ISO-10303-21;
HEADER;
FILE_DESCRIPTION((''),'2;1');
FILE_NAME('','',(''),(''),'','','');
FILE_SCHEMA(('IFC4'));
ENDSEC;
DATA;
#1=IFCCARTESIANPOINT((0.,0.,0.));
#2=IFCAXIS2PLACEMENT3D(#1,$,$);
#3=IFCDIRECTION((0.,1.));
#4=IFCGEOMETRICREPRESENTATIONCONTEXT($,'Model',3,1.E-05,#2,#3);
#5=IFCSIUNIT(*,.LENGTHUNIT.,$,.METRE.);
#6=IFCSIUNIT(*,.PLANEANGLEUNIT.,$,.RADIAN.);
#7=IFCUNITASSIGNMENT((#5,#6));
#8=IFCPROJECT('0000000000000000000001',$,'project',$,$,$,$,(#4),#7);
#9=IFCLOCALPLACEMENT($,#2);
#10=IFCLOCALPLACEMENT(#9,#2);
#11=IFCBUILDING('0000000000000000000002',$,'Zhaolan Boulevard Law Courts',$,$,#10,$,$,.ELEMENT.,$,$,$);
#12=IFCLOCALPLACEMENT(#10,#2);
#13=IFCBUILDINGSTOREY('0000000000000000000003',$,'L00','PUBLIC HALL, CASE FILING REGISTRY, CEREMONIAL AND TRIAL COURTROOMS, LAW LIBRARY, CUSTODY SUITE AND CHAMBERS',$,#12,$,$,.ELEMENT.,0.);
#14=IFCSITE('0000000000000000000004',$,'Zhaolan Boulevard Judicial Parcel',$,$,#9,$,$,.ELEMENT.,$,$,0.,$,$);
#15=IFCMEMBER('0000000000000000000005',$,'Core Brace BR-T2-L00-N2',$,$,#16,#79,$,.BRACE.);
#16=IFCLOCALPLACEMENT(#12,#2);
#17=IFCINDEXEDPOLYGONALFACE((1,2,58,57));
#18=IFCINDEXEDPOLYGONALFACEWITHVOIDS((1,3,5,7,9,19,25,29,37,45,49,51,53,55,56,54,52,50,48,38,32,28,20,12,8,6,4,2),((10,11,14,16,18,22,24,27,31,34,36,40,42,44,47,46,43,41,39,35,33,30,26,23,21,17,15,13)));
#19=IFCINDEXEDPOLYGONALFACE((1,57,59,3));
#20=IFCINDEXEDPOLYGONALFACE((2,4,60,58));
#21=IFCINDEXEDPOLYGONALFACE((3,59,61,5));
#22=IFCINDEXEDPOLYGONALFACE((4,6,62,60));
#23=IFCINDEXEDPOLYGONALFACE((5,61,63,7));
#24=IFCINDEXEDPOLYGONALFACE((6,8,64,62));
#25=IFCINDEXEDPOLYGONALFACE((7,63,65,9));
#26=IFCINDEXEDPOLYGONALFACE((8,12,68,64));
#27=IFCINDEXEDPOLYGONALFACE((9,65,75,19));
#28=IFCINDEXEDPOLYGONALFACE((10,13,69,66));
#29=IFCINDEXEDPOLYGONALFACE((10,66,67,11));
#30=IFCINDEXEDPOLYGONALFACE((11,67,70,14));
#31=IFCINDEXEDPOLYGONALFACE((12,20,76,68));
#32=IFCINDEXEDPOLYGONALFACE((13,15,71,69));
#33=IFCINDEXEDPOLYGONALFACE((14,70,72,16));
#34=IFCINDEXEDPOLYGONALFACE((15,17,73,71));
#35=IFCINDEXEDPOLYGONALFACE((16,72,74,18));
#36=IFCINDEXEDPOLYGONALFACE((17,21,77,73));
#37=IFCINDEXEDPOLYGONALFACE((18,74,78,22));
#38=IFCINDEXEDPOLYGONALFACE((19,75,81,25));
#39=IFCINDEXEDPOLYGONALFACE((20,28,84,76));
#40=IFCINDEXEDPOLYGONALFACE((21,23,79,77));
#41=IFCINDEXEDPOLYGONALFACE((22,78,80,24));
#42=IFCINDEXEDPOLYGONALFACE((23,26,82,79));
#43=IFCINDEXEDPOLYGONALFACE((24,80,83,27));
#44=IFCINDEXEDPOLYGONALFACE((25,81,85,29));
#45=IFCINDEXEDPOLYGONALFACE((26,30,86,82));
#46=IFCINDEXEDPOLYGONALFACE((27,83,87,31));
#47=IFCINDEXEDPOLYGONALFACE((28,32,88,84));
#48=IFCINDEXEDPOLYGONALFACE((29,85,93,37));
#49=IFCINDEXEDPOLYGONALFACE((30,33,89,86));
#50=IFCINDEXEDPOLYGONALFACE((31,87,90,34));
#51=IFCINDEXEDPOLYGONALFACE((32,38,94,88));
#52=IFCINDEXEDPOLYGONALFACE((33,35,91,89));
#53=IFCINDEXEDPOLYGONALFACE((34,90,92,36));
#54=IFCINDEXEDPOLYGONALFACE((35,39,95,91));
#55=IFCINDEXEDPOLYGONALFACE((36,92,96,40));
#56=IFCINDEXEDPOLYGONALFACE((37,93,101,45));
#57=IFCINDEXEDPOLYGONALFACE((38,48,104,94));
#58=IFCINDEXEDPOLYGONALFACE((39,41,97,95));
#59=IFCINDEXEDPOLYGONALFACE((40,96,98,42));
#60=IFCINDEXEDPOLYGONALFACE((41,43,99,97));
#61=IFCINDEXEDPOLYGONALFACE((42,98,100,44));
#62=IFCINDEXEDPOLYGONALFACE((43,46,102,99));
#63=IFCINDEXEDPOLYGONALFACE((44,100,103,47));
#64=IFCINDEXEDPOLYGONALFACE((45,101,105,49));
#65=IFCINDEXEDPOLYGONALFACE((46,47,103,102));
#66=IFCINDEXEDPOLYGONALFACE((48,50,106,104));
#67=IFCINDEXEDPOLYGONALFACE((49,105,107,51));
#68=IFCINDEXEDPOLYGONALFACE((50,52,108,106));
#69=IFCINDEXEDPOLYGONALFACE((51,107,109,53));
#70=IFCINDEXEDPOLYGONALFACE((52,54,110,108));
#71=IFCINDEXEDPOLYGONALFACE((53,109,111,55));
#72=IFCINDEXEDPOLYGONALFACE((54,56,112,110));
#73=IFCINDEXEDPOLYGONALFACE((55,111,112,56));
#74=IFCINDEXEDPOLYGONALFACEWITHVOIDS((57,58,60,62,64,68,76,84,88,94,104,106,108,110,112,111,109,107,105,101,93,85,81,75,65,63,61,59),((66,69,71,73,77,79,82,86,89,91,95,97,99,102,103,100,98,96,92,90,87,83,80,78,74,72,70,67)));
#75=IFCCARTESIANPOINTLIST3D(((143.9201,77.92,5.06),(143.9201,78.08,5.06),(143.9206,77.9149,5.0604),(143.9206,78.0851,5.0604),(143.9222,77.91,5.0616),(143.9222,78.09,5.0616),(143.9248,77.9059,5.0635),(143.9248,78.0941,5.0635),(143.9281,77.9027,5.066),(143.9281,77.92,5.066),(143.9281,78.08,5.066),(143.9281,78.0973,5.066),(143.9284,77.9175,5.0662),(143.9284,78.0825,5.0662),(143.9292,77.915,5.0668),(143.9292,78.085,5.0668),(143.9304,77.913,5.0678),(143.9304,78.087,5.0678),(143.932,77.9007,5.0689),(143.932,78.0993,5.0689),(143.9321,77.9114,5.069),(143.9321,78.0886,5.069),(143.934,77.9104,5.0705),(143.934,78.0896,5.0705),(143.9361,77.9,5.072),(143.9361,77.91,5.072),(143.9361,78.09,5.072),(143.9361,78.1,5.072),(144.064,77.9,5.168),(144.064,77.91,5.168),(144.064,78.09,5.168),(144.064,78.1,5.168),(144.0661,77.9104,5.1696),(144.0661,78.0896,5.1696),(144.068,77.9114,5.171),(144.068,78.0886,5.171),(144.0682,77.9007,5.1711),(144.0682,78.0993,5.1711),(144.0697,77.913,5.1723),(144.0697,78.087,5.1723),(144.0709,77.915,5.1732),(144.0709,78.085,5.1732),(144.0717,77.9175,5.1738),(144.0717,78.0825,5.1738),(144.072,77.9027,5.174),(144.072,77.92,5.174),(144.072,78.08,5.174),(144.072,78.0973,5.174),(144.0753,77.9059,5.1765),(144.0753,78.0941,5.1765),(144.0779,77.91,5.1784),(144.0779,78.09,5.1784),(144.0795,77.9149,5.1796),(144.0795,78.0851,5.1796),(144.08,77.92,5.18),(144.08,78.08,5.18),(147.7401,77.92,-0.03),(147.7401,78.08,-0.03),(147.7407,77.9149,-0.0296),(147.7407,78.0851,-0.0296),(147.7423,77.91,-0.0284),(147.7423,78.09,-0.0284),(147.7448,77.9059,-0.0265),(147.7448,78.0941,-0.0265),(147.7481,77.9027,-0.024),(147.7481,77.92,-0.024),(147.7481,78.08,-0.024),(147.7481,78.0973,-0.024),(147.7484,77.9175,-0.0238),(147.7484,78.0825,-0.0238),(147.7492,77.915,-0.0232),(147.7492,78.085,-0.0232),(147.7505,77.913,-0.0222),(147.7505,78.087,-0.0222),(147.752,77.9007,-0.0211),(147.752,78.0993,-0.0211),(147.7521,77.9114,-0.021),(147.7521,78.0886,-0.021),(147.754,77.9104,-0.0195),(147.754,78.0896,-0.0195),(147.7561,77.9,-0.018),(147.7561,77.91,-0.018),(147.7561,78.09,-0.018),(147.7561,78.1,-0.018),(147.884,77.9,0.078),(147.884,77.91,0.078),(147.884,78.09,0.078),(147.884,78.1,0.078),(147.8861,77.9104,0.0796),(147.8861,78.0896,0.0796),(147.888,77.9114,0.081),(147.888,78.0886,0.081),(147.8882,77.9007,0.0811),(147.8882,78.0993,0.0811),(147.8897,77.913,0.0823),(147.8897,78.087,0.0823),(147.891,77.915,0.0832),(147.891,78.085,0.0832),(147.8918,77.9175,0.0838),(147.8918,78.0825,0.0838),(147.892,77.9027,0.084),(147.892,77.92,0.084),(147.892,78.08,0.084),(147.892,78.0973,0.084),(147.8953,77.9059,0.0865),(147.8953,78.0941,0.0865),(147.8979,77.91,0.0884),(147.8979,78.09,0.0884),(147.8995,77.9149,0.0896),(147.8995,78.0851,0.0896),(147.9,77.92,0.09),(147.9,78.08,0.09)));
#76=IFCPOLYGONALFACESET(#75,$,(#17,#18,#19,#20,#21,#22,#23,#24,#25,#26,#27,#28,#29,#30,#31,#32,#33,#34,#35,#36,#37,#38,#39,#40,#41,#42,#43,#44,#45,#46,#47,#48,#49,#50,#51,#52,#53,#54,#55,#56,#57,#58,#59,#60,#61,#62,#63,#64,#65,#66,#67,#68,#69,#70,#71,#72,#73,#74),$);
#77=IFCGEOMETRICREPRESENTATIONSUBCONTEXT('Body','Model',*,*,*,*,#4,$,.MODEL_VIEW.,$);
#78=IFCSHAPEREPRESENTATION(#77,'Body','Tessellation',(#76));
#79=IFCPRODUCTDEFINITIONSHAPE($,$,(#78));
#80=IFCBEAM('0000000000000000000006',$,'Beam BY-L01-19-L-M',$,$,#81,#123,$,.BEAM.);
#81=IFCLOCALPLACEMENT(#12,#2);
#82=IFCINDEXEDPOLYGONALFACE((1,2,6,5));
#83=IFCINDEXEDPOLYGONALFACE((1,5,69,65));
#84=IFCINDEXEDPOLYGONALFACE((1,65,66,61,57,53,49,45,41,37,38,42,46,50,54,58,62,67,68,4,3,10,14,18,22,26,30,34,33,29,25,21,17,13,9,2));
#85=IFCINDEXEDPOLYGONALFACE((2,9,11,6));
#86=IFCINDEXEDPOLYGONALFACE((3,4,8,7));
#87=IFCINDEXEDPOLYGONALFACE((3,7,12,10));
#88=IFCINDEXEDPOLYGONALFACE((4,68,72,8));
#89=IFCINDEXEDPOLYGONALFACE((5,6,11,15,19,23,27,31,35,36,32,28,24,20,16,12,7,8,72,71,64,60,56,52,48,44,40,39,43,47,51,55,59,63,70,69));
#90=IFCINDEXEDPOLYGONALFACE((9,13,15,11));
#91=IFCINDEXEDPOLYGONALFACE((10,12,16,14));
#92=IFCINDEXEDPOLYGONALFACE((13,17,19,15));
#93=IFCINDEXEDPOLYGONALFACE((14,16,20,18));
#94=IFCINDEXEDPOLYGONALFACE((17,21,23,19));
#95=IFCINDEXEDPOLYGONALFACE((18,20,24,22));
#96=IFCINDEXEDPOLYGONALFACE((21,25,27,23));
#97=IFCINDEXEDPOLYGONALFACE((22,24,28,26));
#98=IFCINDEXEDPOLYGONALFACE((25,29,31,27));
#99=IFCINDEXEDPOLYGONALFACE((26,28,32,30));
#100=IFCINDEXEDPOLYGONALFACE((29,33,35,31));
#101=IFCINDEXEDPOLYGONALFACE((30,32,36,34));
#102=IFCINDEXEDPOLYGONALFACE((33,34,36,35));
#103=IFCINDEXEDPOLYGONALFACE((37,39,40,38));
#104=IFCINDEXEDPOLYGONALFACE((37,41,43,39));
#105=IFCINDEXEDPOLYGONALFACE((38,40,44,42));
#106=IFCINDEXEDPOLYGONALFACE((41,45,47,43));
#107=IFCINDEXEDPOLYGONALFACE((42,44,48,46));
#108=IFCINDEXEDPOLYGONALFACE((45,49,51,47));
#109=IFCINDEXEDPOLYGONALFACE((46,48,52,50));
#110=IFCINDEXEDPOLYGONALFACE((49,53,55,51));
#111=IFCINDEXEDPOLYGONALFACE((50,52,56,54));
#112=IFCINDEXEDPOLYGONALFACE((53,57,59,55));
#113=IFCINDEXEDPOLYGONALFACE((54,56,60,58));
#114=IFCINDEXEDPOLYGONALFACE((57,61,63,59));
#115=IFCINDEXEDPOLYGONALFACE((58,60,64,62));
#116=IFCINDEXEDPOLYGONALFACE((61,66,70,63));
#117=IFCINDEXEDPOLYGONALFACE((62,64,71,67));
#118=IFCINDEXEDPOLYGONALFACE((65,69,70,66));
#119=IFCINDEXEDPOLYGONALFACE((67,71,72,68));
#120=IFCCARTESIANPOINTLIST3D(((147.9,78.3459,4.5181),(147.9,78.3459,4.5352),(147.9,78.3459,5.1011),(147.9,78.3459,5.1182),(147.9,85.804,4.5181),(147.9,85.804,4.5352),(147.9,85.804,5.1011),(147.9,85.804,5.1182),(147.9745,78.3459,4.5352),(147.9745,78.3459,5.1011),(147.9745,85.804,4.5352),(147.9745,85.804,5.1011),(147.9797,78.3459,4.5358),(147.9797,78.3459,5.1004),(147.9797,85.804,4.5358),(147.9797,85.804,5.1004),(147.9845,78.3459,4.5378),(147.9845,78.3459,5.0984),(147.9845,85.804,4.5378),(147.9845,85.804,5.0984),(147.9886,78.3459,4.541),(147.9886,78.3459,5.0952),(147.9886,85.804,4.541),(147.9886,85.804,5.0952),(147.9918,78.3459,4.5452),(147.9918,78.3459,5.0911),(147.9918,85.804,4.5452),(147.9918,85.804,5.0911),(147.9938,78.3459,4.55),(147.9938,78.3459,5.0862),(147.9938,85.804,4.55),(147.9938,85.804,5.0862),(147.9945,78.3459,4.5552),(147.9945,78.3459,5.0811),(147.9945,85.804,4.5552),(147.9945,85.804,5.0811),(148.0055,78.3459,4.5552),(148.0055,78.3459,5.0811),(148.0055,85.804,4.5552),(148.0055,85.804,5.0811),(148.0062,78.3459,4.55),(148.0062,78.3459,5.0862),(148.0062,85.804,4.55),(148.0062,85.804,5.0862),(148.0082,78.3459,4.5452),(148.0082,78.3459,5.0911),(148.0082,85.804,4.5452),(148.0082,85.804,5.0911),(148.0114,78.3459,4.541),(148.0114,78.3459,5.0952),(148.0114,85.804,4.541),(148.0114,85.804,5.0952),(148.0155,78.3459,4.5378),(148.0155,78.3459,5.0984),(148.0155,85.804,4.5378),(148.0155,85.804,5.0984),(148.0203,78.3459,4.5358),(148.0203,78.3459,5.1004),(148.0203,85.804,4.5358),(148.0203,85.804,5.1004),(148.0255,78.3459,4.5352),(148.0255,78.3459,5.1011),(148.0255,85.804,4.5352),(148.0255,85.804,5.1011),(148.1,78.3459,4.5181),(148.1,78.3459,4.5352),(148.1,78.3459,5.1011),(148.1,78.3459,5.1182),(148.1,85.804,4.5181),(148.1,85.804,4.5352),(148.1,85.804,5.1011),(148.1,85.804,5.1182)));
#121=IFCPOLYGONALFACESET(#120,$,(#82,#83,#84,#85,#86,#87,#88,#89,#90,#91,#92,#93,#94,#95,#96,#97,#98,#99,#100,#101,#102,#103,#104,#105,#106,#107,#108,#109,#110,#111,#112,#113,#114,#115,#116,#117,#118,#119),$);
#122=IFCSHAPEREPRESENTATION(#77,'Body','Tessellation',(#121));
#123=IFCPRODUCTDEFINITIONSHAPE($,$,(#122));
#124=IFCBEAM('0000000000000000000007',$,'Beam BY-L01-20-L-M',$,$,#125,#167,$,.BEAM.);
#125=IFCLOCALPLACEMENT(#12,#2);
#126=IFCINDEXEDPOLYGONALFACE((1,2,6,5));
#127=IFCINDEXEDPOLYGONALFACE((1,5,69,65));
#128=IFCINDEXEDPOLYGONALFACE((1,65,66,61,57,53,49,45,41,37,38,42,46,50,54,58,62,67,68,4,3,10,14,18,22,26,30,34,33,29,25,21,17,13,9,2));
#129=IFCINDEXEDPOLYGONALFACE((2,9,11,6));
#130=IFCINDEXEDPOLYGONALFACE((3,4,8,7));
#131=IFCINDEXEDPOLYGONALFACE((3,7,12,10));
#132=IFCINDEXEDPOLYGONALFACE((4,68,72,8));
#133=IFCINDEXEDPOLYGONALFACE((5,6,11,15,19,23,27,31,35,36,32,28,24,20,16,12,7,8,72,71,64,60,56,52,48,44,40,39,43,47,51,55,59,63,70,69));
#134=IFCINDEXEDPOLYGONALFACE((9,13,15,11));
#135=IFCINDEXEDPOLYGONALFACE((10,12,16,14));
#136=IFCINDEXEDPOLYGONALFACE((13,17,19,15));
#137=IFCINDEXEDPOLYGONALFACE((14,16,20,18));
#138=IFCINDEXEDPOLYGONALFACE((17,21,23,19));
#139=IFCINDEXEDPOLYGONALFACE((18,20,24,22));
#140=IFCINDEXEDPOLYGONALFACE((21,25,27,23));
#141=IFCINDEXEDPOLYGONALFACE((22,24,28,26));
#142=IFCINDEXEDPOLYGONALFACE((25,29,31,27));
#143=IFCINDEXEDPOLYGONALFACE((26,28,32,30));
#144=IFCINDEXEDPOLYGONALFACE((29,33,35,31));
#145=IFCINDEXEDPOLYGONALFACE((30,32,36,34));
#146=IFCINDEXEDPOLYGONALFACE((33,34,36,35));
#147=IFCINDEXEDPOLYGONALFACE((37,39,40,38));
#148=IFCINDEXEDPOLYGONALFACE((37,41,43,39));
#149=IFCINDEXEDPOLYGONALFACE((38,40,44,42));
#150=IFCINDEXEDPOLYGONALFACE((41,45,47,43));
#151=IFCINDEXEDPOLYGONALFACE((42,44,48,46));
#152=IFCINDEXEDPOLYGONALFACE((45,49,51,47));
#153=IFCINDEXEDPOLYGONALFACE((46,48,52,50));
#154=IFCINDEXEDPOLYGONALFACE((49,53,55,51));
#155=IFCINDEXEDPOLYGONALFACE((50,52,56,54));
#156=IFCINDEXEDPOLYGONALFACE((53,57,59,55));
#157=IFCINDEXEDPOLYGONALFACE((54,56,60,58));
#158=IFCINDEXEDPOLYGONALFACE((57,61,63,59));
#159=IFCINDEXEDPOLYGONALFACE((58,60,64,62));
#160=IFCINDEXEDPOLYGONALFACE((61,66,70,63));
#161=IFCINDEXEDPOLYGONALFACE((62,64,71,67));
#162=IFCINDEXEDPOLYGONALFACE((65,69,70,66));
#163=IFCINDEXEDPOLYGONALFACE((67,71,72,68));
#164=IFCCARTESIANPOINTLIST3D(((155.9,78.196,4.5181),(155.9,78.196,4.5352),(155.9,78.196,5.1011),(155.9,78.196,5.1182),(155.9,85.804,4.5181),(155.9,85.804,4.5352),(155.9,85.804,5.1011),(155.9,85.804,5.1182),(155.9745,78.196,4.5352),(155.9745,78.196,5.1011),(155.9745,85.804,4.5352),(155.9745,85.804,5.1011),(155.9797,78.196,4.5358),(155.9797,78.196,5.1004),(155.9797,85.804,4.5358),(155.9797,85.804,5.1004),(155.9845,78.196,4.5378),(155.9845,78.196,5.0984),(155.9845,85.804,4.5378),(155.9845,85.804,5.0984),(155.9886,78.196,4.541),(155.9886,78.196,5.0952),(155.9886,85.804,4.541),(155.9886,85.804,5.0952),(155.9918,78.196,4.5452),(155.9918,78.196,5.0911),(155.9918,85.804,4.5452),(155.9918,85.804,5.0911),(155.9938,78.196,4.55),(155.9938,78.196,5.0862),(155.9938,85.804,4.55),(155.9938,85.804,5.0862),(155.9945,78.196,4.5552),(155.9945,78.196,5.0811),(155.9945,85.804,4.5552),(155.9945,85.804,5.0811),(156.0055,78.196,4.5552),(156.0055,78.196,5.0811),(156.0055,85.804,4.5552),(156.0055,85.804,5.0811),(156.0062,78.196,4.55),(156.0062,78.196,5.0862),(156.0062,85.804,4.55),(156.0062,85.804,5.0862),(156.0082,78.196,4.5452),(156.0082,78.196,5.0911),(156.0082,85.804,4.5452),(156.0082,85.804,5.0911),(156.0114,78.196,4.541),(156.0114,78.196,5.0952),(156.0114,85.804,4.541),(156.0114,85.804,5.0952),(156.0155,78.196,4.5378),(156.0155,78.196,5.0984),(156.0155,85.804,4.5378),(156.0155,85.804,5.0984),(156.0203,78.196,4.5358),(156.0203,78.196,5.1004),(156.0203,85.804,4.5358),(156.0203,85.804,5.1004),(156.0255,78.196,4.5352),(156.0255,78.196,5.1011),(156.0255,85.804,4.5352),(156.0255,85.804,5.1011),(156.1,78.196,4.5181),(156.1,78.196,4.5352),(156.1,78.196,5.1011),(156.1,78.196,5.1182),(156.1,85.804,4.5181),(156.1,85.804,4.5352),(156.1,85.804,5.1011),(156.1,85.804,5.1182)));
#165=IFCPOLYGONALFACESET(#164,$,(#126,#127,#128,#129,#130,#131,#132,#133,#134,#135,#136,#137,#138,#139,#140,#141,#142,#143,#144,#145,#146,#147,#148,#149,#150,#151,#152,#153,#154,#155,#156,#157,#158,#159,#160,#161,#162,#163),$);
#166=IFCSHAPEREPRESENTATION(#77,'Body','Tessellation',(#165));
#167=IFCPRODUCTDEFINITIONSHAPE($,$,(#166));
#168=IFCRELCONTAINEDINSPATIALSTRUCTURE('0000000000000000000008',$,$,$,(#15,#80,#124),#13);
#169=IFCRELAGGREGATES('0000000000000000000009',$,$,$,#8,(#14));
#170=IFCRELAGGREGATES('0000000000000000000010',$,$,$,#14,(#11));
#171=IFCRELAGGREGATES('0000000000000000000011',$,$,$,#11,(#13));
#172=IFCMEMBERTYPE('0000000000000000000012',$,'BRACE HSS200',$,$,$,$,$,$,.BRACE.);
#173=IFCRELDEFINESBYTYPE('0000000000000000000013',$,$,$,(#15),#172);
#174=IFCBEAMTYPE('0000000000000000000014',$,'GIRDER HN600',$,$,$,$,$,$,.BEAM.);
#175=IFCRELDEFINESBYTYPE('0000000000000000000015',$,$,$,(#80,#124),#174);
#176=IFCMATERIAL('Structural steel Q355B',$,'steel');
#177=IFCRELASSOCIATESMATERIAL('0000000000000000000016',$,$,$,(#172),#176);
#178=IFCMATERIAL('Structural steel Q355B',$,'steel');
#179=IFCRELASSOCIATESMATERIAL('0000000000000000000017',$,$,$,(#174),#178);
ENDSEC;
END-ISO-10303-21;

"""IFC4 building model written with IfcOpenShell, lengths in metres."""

from ifc_helpers import new_model, si_unit, direction, frame, origin, origin_2d, place, context, subcontext, project, spatial, hollow_rectangle, i_section, extrude, material, material_profile, profile_set, type_object, element, save


model = new_model("IFC4")

# Units and contexts
model_context = context("Model", 3, precision=1e-05, world=origin(), true_north=direction((0.0, 1.0)))
body_context = subcontext(model_context, "Body", "Model", "MODEL_VIEW")
ifc_project = project(units=[si_unit("LENGTHUNIT", "METRE"), si_unit("PLANEANGLEUNIT", "RADIAN")], contexts=[model_context])

# Site, building, storey
site_placement = place(None, origin())
site = spatial("IfcSite", under=ifc_project, at=site_placement, Name="Zhaolan Boulevard Judicial Parcel", CompositionType="ELEMENT", RefElevation=0.0)
building_placement = place(site_placement, origin())
building = spatial("IfcBuilding", under=site, at=building_placement, Name="Zhaolan Boulevard Law Courts", CompositionType="ELEMENT")
storey_placement = place(building_placement, origin())
storey = spatial("IfcBuildingStorey", under=building, at=storey_placement, Name="L00", Description="PUBLIC HALL, CASE FILING REGISTRY, CEREMONIAL AND TRIAL COURTROOMS, LAW LIBRARY, CUSTODY SUITE AND CHAMBERS", CompositionType="ELEMENT", Elevation=0.0)

# Member
ifc_material_1 = material(Name="Structural steel Q355B", Category="steel")
ifc_material_profile_1 = material_profile(ifc_material_1, hollow_rectangle(XDim=0.2, YDim=0.2, WallThickness=0.01, InnerFilletRadius=0.01, OuterFilletRadius=0.02, at=origin_2d()), Name="HSS200x200x10")
ifc_profile_set_1 = profile_set([ifc_material_profile_1], Name="Structural steel Q355B")
member_type_1 = type_object("IfcMemberType", Name="BRACE HSS200", PredefinedType="BRACE", material=ifc_profile_set_1)
member_1_placement = place(storey_placement, frame((147.8201, 78.0, 0.03), z_axis=(-0.600252, 0.0, 0.799811), x_axis=(0.0, -1.0, 0.0)))
element("IfcMember", 1, at=member_1_placement, inside=storey, type_object=member_type_1, Name="Core Brace BR-T2-L00-N2", PredefinedType="BRACE", context=body_context, shape_type="SweptSolid", body=[
    extrude(hollow_rectangle(XDim=0.2, YDim=0.2, WallThickness=0.01, InnerFilletRadius=0.01, OuterFilletRadius=0.02, at=origin_2d()), origin(), (0.0, 0.0, 1.0), 6.364),
])

# Beams
ifc_material_2 = material(Name="Structural steel Q355B", Category="steel")
ifc_material_profile_2 = material_profile(ifc_material_2, i_section(OverallWidth=0.2, OverallDepth=0.6001, WebThickness=0.011, FlangeThickness=0.0171, FilletRadius=0.02, at=origin_2d()), Name="HN600x200")
ifc_profile_set_2 = profile_set([ifc_material_profile_2], Name="Structural steel Q355B")
beam_type = type_object("IfcBeamType", Name="GIRDER HN600", PredefinedType="BEAM", material=ifc_profile_set_2)
beam_placement = place(storey_placement, frame((148.0, 78.3459, 4.8181), z_axis=(0.0, 1.0, 0.0), x_axis=(-1.0, 0.0, 0.0)))
element("IfcBeam", 2, at=beam_placement, inside=storey, type_object=beam_type, Name="Beam BY-L01-19-L-M", PredefinedType="BEAM", context=body_context, shape_type="SweptSolid", body=[
    extrude(i_section(OverallWidth=0.2, OverallDepth=0.6001, WebThickness=0.011, FlangeThickness=0.0171, FilletRadius=0.02, at=origin_2d()), origin(), (0.0, 0.0, 1.0), 7.458),
])
for number, where, z_axis, x_axis, name in (
    (3, (156.0, 78.196, 4.8181), (0.0, 1.0, 0.0), (-1.0, 0.0, 0.0), "Beam BY-L01-20-L-M"),
):
    element("IfcBeam", number, at=place(storey_placement, frame(where, z_axis=z_axis, x_axis=x_axis)), inside=storey, type_object=beam_type, Name=name, PredefinedType="BEAM", context=body_context, shape_type="SweptSolid", body=[
        extrude(i_section(OverallWidth=0.2, OverallDepth=0.6001, WebThickness=0.011, FlangeThickness=0.0171, FilletRadius=0.02, at=origin_2d()), origin(), (0.0, 0.0, 1.0), 7.6079),
    ])

save(model, "model.ifc")
